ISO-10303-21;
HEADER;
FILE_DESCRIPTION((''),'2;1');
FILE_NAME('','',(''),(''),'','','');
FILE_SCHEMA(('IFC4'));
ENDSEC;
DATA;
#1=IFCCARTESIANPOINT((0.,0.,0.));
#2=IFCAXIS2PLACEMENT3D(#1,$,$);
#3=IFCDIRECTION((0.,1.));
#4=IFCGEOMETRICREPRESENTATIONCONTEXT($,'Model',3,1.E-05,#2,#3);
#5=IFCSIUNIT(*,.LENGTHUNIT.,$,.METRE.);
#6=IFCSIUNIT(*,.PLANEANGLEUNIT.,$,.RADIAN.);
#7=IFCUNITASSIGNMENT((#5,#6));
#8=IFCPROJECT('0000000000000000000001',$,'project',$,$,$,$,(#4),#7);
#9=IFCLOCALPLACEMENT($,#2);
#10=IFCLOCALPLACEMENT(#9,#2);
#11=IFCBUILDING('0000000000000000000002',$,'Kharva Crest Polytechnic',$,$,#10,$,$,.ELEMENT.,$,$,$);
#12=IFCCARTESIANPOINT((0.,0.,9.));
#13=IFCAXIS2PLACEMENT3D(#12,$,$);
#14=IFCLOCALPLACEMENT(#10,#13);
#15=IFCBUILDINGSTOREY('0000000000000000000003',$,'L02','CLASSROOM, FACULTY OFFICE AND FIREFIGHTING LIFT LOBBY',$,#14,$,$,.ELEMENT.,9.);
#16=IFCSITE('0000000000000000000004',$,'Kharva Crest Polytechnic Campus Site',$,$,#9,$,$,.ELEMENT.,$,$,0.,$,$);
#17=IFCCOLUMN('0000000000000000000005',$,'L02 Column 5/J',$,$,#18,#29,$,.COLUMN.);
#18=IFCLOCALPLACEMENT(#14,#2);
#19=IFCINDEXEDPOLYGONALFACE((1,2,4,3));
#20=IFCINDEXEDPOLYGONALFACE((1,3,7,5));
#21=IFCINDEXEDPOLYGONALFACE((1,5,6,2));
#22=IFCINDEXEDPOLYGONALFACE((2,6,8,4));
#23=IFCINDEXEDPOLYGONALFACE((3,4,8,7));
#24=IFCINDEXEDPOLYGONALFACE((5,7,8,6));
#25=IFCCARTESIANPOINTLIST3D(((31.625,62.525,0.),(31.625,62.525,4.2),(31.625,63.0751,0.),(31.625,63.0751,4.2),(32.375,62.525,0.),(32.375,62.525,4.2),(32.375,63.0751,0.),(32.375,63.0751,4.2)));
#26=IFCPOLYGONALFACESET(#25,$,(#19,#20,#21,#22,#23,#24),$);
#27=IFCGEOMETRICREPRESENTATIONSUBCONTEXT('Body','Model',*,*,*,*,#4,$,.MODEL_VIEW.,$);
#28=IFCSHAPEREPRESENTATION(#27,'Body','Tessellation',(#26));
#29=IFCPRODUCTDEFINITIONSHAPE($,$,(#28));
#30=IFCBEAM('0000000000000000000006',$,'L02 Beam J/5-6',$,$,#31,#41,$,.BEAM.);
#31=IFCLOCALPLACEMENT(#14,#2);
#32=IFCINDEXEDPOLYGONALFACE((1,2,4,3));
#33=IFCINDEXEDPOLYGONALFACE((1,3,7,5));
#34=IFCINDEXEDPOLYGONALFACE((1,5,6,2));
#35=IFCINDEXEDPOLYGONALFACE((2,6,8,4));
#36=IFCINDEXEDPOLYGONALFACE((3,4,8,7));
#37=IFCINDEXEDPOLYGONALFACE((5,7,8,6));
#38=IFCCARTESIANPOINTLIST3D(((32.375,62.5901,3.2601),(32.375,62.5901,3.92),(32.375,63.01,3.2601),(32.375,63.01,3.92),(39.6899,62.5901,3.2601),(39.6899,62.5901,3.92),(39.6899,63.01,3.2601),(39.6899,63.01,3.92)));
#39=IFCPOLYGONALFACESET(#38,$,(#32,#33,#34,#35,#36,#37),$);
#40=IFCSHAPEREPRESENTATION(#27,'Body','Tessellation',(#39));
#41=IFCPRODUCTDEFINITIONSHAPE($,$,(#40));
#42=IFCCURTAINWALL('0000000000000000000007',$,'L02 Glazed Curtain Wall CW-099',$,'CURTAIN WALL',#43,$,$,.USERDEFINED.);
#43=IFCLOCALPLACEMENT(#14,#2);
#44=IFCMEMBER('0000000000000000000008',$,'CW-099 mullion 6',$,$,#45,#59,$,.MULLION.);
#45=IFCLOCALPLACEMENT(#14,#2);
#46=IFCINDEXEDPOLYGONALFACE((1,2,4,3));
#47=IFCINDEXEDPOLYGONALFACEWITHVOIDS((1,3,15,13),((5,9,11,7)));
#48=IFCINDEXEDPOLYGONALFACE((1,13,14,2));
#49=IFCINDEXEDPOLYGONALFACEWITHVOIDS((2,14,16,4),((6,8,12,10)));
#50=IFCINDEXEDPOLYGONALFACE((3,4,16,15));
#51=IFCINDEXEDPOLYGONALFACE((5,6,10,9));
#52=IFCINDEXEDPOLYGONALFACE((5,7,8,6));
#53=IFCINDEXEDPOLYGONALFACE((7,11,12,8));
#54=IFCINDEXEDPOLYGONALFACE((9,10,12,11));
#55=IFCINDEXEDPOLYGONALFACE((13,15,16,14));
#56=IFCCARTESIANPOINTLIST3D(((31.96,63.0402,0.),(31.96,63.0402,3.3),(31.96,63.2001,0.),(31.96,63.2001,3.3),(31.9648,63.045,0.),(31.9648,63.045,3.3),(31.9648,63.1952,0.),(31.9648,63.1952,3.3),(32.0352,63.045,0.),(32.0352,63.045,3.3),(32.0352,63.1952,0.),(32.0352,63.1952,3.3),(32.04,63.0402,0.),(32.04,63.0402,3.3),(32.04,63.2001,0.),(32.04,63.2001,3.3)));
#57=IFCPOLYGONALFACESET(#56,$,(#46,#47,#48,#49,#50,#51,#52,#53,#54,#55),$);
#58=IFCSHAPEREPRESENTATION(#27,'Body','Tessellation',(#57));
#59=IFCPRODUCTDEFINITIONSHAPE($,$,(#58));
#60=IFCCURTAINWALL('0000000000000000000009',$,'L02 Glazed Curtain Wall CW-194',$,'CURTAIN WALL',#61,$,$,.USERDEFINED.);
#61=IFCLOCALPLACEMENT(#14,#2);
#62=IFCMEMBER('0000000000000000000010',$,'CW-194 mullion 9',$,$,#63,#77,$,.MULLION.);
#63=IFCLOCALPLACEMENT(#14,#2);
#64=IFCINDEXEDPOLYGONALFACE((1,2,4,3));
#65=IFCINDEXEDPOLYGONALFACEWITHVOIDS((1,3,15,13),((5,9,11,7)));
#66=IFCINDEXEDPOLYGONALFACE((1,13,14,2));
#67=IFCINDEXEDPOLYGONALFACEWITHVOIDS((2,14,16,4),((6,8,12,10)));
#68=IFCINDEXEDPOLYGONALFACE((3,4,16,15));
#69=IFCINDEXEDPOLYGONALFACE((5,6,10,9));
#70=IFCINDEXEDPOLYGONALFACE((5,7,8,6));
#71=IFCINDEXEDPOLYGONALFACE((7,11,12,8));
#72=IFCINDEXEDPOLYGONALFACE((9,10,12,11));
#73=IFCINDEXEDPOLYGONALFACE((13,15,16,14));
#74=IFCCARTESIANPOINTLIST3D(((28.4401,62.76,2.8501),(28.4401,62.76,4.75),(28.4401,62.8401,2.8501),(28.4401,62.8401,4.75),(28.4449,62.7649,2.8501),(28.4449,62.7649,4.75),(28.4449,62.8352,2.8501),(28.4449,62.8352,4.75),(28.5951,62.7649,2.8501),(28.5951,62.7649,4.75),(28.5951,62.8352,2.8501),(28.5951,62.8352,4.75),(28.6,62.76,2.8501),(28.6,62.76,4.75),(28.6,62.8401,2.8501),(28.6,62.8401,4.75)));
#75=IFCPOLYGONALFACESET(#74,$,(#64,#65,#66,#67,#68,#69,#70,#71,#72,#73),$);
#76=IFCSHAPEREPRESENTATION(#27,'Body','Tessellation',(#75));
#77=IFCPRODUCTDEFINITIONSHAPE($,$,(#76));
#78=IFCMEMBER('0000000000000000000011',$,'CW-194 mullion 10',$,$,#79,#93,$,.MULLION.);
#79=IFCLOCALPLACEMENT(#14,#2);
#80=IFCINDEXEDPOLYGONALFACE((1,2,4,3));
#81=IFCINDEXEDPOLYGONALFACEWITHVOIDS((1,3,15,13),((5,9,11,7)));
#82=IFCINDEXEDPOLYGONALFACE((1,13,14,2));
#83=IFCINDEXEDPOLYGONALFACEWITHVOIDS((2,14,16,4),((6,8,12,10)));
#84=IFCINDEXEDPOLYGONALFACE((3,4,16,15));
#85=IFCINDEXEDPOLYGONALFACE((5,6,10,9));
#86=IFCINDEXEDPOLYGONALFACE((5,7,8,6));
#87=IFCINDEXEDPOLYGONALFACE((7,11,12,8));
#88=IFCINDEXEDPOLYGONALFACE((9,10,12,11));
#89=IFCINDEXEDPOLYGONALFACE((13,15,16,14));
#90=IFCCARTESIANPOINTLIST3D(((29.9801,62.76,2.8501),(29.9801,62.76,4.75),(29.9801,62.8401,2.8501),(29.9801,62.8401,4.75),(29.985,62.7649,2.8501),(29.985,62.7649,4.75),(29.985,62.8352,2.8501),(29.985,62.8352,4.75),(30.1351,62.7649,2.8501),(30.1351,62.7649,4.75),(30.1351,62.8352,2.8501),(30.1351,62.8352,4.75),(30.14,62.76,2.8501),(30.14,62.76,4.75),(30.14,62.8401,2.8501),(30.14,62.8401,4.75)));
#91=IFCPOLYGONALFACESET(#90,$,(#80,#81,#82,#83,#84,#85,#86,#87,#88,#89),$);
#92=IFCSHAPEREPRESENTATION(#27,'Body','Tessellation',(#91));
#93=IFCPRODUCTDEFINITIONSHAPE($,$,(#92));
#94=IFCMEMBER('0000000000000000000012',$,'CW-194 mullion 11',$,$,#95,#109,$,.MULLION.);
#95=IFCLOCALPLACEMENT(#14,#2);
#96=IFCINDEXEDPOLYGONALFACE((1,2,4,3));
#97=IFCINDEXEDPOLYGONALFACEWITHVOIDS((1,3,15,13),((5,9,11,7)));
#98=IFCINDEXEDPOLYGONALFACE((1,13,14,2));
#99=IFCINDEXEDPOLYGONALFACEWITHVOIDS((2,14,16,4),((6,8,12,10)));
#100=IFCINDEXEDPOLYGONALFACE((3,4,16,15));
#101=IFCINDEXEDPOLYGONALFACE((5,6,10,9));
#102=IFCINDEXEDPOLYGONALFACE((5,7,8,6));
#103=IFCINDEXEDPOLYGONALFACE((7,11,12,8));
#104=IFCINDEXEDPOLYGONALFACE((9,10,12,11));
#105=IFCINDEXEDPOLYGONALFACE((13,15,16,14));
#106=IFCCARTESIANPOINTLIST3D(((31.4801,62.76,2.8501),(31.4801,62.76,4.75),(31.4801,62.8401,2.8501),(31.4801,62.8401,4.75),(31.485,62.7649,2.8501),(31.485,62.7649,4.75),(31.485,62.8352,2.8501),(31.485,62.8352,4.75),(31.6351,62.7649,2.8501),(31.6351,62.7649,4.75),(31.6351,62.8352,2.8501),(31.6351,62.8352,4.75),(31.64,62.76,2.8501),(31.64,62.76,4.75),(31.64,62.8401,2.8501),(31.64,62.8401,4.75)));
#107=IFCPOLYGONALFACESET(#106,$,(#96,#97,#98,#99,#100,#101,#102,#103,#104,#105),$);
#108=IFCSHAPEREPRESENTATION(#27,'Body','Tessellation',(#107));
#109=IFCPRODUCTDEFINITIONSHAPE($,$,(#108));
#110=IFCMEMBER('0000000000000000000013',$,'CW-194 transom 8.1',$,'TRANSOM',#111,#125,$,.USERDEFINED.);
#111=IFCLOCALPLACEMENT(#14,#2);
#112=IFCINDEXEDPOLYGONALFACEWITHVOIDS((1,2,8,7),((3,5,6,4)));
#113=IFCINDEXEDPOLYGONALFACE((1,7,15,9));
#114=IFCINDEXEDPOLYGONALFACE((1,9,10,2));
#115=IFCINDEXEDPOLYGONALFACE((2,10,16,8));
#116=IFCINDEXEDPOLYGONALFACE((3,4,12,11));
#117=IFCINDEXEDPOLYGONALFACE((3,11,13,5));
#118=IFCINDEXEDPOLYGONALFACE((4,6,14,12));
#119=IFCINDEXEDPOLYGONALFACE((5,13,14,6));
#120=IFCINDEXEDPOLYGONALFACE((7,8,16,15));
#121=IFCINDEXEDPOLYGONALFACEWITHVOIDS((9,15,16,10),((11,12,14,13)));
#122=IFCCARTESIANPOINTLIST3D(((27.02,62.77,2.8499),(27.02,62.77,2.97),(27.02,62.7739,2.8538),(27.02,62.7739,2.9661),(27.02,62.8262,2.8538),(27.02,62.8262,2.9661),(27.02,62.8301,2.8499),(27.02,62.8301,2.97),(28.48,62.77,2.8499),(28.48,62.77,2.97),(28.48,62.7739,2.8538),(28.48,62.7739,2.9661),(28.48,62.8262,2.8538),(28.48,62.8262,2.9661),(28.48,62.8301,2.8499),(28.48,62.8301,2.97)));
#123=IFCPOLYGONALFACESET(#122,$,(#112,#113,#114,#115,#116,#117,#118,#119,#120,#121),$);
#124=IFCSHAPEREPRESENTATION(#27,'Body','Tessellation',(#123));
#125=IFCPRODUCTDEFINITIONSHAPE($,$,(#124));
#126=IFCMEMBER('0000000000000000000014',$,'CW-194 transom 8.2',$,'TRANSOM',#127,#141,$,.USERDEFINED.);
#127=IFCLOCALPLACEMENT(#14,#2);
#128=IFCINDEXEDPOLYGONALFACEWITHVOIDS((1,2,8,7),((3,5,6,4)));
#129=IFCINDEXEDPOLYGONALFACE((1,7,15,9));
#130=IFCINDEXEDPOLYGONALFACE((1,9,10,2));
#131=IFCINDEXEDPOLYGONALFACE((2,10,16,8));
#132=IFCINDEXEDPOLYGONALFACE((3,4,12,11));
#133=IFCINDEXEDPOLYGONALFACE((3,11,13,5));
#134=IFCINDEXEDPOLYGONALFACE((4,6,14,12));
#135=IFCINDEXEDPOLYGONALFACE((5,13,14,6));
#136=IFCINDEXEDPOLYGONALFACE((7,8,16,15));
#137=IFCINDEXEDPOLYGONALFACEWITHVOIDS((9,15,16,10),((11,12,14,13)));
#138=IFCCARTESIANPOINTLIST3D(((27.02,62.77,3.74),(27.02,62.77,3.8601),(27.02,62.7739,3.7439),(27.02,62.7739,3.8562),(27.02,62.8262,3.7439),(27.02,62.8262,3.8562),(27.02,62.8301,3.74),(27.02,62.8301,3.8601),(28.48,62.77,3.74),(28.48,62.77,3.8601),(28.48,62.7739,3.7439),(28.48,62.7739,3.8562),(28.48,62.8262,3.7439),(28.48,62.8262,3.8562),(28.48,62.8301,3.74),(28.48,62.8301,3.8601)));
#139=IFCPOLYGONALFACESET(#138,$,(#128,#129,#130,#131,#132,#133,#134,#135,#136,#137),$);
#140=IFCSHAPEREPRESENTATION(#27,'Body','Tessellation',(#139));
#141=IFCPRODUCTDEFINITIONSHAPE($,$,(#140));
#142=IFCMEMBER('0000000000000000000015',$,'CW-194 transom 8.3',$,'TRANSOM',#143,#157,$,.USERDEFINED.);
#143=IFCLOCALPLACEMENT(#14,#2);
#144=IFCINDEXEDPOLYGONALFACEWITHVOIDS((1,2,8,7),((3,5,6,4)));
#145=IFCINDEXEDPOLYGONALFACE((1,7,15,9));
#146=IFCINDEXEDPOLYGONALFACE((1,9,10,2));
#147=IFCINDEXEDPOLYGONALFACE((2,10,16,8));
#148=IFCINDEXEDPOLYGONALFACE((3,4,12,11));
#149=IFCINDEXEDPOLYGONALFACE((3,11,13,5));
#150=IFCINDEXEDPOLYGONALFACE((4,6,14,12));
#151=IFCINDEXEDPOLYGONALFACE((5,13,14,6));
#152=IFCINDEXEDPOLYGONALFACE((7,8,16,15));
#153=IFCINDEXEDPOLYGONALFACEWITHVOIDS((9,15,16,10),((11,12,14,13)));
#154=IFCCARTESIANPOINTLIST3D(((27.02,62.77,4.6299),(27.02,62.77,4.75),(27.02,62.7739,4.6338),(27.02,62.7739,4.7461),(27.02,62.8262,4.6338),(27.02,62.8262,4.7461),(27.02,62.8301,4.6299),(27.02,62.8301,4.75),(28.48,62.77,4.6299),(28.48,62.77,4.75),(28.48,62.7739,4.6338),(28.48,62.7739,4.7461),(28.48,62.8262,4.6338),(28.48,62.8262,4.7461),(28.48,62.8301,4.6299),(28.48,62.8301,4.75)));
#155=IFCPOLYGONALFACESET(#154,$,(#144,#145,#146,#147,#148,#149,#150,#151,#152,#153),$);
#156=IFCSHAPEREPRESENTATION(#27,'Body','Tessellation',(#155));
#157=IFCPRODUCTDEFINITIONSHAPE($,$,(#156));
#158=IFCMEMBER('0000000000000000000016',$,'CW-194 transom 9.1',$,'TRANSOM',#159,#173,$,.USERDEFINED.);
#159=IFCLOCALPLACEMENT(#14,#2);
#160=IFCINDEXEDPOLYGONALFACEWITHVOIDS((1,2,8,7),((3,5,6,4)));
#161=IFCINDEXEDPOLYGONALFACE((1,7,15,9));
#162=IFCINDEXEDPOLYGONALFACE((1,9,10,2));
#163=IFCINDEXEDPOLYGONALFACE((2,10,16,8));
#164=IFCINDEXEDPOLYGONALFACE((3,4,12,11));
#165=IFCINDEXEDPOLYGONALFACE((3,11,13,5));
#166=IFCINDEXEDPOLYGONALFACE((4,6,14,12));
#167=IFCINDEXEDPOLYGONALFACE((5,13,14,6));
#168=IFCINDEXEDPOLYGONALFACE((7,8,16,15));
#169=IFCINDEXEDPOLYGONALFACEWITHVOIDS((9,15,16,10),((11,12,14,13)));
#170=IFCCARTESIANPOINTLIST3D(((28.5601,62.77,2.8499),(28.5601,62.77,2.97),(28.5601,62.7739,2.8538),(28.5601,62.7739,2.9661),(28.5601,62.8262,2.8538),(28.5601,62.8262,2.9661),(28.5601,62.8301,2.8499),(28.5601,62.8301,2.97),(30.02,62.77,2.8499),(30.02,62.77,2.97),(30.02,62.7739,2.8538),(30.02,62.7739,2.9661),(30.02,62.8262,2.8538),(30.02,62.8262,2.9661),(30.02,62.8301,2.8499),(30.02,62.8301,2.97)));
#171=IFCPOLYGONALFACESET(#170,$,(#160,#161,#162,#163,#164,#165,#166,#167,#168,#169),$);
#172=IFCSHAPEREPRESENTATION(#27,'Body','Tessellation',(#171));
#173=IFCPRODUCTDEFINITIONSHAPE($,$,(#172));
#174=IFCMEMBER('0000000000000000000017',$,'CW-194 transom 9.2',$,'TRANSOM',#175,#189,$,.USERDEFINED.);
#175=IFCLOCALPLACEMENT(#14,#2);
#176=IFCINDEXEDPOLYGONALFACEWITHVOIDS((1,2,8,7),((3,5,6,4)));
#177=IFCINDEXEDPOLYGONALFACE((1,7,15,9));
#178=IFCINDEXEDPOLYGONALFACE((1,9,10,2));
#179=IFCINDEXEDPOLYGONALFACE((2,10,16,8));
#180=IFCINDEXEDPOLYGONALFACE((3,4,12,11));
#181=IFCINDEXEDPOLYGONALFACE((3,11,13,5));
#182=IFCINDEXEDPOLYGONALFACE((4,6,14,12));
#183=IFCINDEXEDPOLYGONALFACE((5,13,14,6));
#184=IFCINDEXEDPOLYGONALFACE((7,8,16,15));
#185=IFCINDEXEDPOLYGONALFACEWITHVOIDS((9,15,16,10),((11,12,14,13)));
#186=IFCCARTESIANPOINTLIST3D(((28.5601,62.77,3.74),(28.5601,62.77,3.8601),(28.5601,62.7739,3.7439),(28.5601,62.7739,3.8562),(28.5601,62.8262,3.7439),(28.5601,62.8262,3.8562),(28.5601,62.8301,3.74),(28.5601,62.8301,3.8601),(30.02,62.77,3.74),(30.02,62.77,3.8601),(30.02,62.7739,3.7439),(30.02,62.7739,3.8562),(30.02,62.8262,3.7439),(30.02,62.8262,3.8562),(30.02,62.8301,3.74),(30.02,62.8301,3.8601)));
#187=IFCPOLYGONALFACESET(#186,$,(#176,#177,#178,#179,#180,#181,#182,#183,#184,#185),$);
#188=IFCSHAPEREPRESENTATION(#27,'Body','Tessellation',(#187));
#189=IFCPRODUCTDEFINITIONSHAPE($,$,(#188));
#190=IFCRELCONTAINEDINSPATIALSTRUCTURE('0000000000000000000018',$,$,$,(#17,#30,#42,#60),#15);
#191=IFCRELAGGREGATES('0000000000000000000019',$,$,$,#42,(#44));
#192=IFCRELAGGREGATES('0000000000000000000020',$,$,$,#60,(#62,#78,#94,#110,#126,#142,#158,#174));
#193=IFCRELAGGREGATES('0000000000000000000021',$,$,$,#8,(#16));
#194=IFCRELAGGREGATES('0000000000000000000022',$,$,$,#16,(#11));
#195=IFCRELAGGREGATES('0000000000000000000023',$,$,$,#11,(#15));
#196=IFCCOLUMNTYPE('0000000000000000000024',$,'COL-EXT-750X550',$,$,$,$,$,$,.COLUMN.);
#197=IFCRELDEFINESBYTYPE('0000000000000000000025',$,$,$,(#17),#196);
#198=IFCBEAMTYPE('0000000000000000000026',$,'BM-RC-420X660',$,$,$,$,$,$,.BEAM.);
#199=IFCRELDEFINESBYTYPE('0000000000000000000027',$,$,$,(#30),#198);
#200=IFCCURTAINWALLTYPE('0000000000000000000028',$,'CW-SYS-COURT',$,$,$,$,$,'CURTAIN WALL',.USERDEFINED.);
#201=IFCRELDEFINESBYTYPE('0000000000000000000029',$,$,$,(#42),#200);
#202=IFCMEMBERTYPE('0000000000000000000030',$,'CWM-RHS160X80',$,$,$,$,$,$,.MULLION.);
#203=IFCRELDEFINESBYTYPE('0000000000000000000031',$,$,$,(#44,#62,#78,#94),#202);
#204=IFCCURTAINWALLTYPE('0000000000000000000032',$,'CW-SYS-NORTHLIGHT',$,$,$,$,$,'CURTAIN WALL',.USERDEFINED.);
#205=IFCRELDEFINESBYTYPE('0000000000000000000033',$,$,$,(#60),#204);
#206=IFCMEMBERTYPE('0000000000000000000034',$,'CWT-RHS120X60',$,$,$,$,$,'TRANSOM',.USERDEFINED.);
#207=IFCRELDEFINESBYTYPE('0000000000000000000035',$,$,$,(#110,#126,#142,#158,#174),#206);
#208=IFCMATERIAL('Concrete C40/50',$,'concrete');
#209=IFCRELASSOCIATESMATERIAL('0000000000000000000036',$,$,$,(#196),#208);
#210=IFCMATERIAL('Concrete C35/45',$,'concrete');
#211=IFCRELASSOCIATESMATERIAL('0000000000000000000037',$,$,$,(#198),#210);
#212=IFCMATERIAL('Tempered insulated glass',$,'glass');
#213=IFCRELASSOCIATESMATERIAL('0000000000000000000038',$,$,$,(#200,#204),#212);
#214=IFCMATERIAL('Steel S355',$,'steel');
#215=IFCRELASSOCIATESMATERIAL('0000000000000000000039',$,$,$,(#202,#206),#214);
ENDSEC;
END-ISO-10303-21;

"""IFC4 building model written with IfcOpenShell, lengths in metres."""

from ifc_helpers import new_model, si_unit, direction, frame, origin, origin_2d, place, context, subcontext, project, spatial, rectangle, hollow_rectangle, extrude, material, material_profile, profile_set, type_object, element, aggregate, save


model = new_model("IFC4")

# Units and contexts
model_context = context("Model", 3, precision=1e-05, world=origin(), true_north=direction((0.0, 1.0)))
body_context = subcontext(model_context, "Body", "Model", "MODEL_VIEW")
ifc_project = project(units=[si_unit("LENGTHUNIT", "METRE"), si_unit("PLANEANGLEUNIT", "RADIAN")], contexts=[model_context])

# Site, building, storey
site_placement = place(None, origin())
site = spatial("IfcSite", under=ifc_project, at=site_placement, Name="Kharva Crest Polytechnic Campus Site", CompositionType="ELEMENT", RefElevation=0.0)
building_placement = place(site_placement, origin())
building = spatial("IfcBuilding", under=site, at=building_placement, Name="Kharva Crest Polytechnic", CompositionType="ELEMENT")
storey_placement = place(building_placement, frame((0.0, 0.0, 9.0)))
storey = spatial("IfcBuildingStorey", under=building, at=storey_placement, Name="L02", Description="CLASSROOM, FACULTY OFFICE AND FIREFIGHTING LIFT LOBBY", CompositionType="ELEMENT", Elevation=9.0)

# Column
ifc_material_1 = material(Name="Concrete C40/50", Category="concrete")
ifc_material_profile_1 = material_profile(ifc_material_1, rectangle(XDim=0.75, YDim=0.55, at=origin_2d()), Name="RECT 750 X 550")
ifc_profile_set_1 = profile_set([ifc_material_profile_1], Name="Concrete C40/50")
column_type = type_object("IfcColumnType", Name="COL-EXT-750X550", PredefinedType="COLUMN", material=ifc_profile_set_1)
column_placement = place(storey_placement, frame((32.0, 62.8, 0.0), z_axis=(0.0, 0.0, 1.0), x_axis=(1.0, 0.0, 0.0)))
element("IfcColumn", 1, at=column_placement, inside=storey, type_object=column_type, Name="L02 Column 5/J", PredefinedType="COLUMN", context=body_context, shape_type="SweptSolid", body=[
    extrude(rectangle(XDim=0.75, YDim=0.55, at=origin_2d()), origin(), (0.0, 0.0, 1.0), 4.2),
])

# Beam
ifc_material_2 = material(Name="Concrete C35/45", Category="concrete")
ifc_material_profile_2 = material_profile(ifc_material_2, rectangle(XDim=0.4199, YDim=0.6599, at=origin_2d()), Name="RECT 420 X 660")
ifc_profile_set_2 = profile_set([ifc_material_profile_2], Name="Concrete C35/45")
beam_type_1 = type_object("IfcBeamType", Name="BM-RC-420X660", PredefinedType="BEAM", material=ifc_profile_set_2)
beam_1_placement = place(storey_placement, frame((32.375, 62.8, 3.5901), z_axis=(1.0, 0.0, 0.0), x_axis=(0.0, 1.0, 0.0)))
element("IfcBeam", 2, at=beam_1_placement, inside=storey, type_object=beam_type_1, Name="L02 Beam J/5-6", PredefinedType="BEAM", context=body_context, shape_type="SweptSolid", body=[
    extrude(rectangle(XDim=0.4199, YDim=0.6599, at=origin_2d()), origin(), (0.0, 0.0, 1.0), 7.3149),
])

# Curtain wall, member
ifc_material_3 = material(Name="Tempered insulated glass", Category="glass")
curtain_wall_type_1 = type_object("IfcCurtainWallType", Name="CW-SYS-COURT", ElementType="CURTAIN WALL", PredefinedType="USERDEFINED", material=ifc_material_3)
curtain_wall_1_placement = place(storey_placement, origin())
curtain_wall_1 = element("IfcCurtainWall", 3, at=curtain_wall_1_placement, inside=storey, type_object=curtain_wall_type_1, Name="L02 Glazed Curtain Wall CW-099", ObjectType="CURTAIN WALL", PredefinedType="USERDEFINED")
ifc_material_4 = material(Name="Steel S355", Category="steel")
ifc_material_profile_3 = material_profile(ifc_material_4, hollow_rectangle(XDim=0.0801, YDim=0.1599, WallThickness=0.0049, at=origin_2d()), Name="RHS 160X80X5.0")
ifc_profile_set_3 = profile_set([ifc_material_profile_3], Name="Steel S355")
member_type_1 = type_object("IfcMemberType", Name="CWM-RHS160X80", PredefinedType="MULLION", material=ifc_profile_set_3)
member_1_placement = place(storey_placement, frame((32.0, 63.1201, 0.0), z_axis=(0.0, 0.0, 1.0), x_axis=(1.0, 0.0, 0.0)))
member_1 = element("IfcMember", 4, at=member_1_placement, type_object=member_type_1, Name="CW-099 mullion 6", PredefinedType="MULLION", context=body_context, shape_type="SweptSolid", body=[
    extrude(hollow_rectangle(XDim=0.0801, YDim=0.1599, WallThickness=0.0049, at=origin_2d()), origin(), (0.0, 0.0, 1.0), 3.3),
])

# Curtain wall, members
curtain_wall_type_2 = type_object("IfcCurtainWallType", Name="CW-SYS-NORTHLIGHT", ElementType="CURTAIN WALL", PredefinedType="USERDEFINED", material=ifc_material_3)
curtain_wall_2_placement = place(storey_placement, origin())
curtain_wall_2 = element("IfcCurtainWall", 5, at=curtain_wall_2_placement, inside=storey, type_object=curtain_wall_type_2, Name="L02 Glazed Curtain Wall CW-194", ObjectType="CURTAIN WALL", PredefinedType="USERDEFINED")
member_2_placement = place(storey_placement, frame((28.52, 62.8, 2.8501), z_axis=(0.0, 0.0, 1.0), x_axis=(0.0, 1.0, 0.0)))
member_2 = element("IfcMember", 6, at=member_2_placement, type_object=member_type_1, Name="CW-194 mullion 9", PredefinedType="MULLION", context=body_context, shape_type="SweptSolid", body=[
    extrude(hollow_rectangle(XDim=0.0801, YDim=0.1599, WallThickness=0.0049, at=origin_2d()), origin(), (0.0, 0.0, 1.0), 1.8999),
])
member_3_placement = place(storey_placement, frame((30.0601, 62.8, 2.8501), z_axis=(0.0, 0.0, 1.0), x_axis=(0.0, 1.0, 0.0)))
member_3 = element("IfcMember", 7, at=member_3_placement, type_object=member_type_1, Name="CW-194 mullion 10", PredefinedType="MULLION", context=body_context, shape_type="SweptSolid", body=[
    extrude(hollow_rectangle(XDim=0.0801, YDim=0.1599, WallThickness=0.0049, at=origin_2d()), origin(), (0.0, 0.0, 1.0), 1.8999),
])
member_4_placement = place(storey_placement, frame((31.5601, 62.8, 2.8501), z_axis=(0.0, 0.0, 1.0), x_axis=(0.0, 1.0, 0.0)))
member_4 = element("IfcMember", 8, at=member_4_placement, type_object=member_type_1, Name="CW-194 mullion 11", PredefinedType="MULLION", context=body_context, shape_type="SweptSolid", body=[
    extrude(hollow_rectangle(XDim=0.0801, YDim=0.1599, WallThickness=0.0049, at=origin_2d()), origin(), (0.0, 0.0, 1.0), 1.8999),
])
ifc_material_profile_4 = material_profile(ifc_material_4, hollow_rectangle(XDim=0.0601, YDim=0.1201, WallThickness=0.0039, at=origin_2d()), Name="RHS 120X60X4.0")
ifc_profile_set_4 = profile_set([ifc_material_profile_4], Name="Steel S355")
member_type_2 = type_object("IfcMemberType", Name="CWT-RHS120X60", ElementType="TRANSOM", PredefinedType="USERDEFINED", material=ifc_profile_set_4)
member_5_placement = place(storey_placement, frame((27.02, 62.8, 2.9099), z_axis=(1.0, 0.0, 0.0), x_axis=(0.0, 1.0, 0.0)))
member_5 = element("IfcMember", 9, at=member_5_placement, type_object=member_type_2, Name="CW-194 transom 8.1", ObjectType="TRANSOM", PredefinedType="USERDEFINED", context=body_context, shape_type="SweptSolid", body=[
    extrude(hollow_rectangle(XDim=0.0601, YDim=0.1201, WallThickness=0.0039, at=origin_2d()), origin(), (0.0, 0.0, 1.0), 1.46),
])
member_6_placement = place(storey_placement, frame((27.02, 62.8, 3.8), z_axis=(1.0, 0.0, 0.0), x_axis=(0.0, 1.0, 0.0)))
member_6 = element("IfcMember", 10, at=member_6_placement, type_object=member_type_2, Name="CW-194 transom 8.2", ObjectType="TRANSOM", PredefinedType="USERDEFINED", context=body_context, shape_type="SweptSolid", body=[
    extrude(hollow_rectangle(XDim=0.0601, YDim=0.1201, WallThickness=0.0039, at=origin_2d()), origin(), (0.0, 0.0, 1.0), 1.46),
])
member_7_placement = place(storey_placement, frame((27.02, 62.8, 4.6899), z_axis=(1.0, 0.0, 0.0), x_axis=(0.0, 1.0, 0.0)))
member_7 = element("IfcMember", 11, at=member_7_placement, type_object=member_type_2, Name="CW-194 transom 8.3", ObjectType="TRANSOM", PredefinedType="USERDEFINED", context=body_context, shape_type="SweptSolid", body=[
    extrude(hollow_rectangle(XDim=0.0601, YDim=0.1201, WallThickness=0.0039, at=origin_2d()), origin(), (0.0, 0.0, 1.0), 1.46),
])
member_8_placement = place(storey_placement, frame((28.5601, 62.8, 2.9099), z_axis=(1.0, 0.0, 0.0), x_axis=(0.0, 1.0, 0.0)))
member_8 = element("IfcMember", 12, at=member_8_placement, type_object=member_type_2, Name="CW-194 transom 9.1", ObjectType="TRANSOM", PredefinedType="USERDEFINED", context=body_context, shape_type="SweptSolid", body=[
    extrude(hollow_rectangle(XDim=0.0601, YDim=0.1201, WallThickness=0.0039, at=origin_2d()), origin(), (0.0, 0.0, 1.0), 1.46),
])
member_9_placement = place(storey_placement, frame((28.5601, 62.8, 3.8), z_axis=(1.0, 0.0, 0.0), x_axis=(0.0, 1.0, 0.0)))
member_9 = element("IfcMember", 13, at=member_9_placement, type_object=member_type_2, Name="CW-194 transom 9.2", ObjectType="TRANSOM", PredefinedType="USERDEFINED", context=body_context, shape_type="SweptSolid", body=[
    extrude(hollow_rectangle(XDim=0.0601, YDim=0.1201, WallThickness=0.0039, at=origin_2d()), origin(), (0.0, 0.0, 1.0), 1.46),
])

aggregate(curtain_wall_1, [member_1])
aggregate(curtain_wall_2, [member_2, member_3, member_4, member_5, member_6, member_7, member_8, member_9])

save(model, "model.ifc")
